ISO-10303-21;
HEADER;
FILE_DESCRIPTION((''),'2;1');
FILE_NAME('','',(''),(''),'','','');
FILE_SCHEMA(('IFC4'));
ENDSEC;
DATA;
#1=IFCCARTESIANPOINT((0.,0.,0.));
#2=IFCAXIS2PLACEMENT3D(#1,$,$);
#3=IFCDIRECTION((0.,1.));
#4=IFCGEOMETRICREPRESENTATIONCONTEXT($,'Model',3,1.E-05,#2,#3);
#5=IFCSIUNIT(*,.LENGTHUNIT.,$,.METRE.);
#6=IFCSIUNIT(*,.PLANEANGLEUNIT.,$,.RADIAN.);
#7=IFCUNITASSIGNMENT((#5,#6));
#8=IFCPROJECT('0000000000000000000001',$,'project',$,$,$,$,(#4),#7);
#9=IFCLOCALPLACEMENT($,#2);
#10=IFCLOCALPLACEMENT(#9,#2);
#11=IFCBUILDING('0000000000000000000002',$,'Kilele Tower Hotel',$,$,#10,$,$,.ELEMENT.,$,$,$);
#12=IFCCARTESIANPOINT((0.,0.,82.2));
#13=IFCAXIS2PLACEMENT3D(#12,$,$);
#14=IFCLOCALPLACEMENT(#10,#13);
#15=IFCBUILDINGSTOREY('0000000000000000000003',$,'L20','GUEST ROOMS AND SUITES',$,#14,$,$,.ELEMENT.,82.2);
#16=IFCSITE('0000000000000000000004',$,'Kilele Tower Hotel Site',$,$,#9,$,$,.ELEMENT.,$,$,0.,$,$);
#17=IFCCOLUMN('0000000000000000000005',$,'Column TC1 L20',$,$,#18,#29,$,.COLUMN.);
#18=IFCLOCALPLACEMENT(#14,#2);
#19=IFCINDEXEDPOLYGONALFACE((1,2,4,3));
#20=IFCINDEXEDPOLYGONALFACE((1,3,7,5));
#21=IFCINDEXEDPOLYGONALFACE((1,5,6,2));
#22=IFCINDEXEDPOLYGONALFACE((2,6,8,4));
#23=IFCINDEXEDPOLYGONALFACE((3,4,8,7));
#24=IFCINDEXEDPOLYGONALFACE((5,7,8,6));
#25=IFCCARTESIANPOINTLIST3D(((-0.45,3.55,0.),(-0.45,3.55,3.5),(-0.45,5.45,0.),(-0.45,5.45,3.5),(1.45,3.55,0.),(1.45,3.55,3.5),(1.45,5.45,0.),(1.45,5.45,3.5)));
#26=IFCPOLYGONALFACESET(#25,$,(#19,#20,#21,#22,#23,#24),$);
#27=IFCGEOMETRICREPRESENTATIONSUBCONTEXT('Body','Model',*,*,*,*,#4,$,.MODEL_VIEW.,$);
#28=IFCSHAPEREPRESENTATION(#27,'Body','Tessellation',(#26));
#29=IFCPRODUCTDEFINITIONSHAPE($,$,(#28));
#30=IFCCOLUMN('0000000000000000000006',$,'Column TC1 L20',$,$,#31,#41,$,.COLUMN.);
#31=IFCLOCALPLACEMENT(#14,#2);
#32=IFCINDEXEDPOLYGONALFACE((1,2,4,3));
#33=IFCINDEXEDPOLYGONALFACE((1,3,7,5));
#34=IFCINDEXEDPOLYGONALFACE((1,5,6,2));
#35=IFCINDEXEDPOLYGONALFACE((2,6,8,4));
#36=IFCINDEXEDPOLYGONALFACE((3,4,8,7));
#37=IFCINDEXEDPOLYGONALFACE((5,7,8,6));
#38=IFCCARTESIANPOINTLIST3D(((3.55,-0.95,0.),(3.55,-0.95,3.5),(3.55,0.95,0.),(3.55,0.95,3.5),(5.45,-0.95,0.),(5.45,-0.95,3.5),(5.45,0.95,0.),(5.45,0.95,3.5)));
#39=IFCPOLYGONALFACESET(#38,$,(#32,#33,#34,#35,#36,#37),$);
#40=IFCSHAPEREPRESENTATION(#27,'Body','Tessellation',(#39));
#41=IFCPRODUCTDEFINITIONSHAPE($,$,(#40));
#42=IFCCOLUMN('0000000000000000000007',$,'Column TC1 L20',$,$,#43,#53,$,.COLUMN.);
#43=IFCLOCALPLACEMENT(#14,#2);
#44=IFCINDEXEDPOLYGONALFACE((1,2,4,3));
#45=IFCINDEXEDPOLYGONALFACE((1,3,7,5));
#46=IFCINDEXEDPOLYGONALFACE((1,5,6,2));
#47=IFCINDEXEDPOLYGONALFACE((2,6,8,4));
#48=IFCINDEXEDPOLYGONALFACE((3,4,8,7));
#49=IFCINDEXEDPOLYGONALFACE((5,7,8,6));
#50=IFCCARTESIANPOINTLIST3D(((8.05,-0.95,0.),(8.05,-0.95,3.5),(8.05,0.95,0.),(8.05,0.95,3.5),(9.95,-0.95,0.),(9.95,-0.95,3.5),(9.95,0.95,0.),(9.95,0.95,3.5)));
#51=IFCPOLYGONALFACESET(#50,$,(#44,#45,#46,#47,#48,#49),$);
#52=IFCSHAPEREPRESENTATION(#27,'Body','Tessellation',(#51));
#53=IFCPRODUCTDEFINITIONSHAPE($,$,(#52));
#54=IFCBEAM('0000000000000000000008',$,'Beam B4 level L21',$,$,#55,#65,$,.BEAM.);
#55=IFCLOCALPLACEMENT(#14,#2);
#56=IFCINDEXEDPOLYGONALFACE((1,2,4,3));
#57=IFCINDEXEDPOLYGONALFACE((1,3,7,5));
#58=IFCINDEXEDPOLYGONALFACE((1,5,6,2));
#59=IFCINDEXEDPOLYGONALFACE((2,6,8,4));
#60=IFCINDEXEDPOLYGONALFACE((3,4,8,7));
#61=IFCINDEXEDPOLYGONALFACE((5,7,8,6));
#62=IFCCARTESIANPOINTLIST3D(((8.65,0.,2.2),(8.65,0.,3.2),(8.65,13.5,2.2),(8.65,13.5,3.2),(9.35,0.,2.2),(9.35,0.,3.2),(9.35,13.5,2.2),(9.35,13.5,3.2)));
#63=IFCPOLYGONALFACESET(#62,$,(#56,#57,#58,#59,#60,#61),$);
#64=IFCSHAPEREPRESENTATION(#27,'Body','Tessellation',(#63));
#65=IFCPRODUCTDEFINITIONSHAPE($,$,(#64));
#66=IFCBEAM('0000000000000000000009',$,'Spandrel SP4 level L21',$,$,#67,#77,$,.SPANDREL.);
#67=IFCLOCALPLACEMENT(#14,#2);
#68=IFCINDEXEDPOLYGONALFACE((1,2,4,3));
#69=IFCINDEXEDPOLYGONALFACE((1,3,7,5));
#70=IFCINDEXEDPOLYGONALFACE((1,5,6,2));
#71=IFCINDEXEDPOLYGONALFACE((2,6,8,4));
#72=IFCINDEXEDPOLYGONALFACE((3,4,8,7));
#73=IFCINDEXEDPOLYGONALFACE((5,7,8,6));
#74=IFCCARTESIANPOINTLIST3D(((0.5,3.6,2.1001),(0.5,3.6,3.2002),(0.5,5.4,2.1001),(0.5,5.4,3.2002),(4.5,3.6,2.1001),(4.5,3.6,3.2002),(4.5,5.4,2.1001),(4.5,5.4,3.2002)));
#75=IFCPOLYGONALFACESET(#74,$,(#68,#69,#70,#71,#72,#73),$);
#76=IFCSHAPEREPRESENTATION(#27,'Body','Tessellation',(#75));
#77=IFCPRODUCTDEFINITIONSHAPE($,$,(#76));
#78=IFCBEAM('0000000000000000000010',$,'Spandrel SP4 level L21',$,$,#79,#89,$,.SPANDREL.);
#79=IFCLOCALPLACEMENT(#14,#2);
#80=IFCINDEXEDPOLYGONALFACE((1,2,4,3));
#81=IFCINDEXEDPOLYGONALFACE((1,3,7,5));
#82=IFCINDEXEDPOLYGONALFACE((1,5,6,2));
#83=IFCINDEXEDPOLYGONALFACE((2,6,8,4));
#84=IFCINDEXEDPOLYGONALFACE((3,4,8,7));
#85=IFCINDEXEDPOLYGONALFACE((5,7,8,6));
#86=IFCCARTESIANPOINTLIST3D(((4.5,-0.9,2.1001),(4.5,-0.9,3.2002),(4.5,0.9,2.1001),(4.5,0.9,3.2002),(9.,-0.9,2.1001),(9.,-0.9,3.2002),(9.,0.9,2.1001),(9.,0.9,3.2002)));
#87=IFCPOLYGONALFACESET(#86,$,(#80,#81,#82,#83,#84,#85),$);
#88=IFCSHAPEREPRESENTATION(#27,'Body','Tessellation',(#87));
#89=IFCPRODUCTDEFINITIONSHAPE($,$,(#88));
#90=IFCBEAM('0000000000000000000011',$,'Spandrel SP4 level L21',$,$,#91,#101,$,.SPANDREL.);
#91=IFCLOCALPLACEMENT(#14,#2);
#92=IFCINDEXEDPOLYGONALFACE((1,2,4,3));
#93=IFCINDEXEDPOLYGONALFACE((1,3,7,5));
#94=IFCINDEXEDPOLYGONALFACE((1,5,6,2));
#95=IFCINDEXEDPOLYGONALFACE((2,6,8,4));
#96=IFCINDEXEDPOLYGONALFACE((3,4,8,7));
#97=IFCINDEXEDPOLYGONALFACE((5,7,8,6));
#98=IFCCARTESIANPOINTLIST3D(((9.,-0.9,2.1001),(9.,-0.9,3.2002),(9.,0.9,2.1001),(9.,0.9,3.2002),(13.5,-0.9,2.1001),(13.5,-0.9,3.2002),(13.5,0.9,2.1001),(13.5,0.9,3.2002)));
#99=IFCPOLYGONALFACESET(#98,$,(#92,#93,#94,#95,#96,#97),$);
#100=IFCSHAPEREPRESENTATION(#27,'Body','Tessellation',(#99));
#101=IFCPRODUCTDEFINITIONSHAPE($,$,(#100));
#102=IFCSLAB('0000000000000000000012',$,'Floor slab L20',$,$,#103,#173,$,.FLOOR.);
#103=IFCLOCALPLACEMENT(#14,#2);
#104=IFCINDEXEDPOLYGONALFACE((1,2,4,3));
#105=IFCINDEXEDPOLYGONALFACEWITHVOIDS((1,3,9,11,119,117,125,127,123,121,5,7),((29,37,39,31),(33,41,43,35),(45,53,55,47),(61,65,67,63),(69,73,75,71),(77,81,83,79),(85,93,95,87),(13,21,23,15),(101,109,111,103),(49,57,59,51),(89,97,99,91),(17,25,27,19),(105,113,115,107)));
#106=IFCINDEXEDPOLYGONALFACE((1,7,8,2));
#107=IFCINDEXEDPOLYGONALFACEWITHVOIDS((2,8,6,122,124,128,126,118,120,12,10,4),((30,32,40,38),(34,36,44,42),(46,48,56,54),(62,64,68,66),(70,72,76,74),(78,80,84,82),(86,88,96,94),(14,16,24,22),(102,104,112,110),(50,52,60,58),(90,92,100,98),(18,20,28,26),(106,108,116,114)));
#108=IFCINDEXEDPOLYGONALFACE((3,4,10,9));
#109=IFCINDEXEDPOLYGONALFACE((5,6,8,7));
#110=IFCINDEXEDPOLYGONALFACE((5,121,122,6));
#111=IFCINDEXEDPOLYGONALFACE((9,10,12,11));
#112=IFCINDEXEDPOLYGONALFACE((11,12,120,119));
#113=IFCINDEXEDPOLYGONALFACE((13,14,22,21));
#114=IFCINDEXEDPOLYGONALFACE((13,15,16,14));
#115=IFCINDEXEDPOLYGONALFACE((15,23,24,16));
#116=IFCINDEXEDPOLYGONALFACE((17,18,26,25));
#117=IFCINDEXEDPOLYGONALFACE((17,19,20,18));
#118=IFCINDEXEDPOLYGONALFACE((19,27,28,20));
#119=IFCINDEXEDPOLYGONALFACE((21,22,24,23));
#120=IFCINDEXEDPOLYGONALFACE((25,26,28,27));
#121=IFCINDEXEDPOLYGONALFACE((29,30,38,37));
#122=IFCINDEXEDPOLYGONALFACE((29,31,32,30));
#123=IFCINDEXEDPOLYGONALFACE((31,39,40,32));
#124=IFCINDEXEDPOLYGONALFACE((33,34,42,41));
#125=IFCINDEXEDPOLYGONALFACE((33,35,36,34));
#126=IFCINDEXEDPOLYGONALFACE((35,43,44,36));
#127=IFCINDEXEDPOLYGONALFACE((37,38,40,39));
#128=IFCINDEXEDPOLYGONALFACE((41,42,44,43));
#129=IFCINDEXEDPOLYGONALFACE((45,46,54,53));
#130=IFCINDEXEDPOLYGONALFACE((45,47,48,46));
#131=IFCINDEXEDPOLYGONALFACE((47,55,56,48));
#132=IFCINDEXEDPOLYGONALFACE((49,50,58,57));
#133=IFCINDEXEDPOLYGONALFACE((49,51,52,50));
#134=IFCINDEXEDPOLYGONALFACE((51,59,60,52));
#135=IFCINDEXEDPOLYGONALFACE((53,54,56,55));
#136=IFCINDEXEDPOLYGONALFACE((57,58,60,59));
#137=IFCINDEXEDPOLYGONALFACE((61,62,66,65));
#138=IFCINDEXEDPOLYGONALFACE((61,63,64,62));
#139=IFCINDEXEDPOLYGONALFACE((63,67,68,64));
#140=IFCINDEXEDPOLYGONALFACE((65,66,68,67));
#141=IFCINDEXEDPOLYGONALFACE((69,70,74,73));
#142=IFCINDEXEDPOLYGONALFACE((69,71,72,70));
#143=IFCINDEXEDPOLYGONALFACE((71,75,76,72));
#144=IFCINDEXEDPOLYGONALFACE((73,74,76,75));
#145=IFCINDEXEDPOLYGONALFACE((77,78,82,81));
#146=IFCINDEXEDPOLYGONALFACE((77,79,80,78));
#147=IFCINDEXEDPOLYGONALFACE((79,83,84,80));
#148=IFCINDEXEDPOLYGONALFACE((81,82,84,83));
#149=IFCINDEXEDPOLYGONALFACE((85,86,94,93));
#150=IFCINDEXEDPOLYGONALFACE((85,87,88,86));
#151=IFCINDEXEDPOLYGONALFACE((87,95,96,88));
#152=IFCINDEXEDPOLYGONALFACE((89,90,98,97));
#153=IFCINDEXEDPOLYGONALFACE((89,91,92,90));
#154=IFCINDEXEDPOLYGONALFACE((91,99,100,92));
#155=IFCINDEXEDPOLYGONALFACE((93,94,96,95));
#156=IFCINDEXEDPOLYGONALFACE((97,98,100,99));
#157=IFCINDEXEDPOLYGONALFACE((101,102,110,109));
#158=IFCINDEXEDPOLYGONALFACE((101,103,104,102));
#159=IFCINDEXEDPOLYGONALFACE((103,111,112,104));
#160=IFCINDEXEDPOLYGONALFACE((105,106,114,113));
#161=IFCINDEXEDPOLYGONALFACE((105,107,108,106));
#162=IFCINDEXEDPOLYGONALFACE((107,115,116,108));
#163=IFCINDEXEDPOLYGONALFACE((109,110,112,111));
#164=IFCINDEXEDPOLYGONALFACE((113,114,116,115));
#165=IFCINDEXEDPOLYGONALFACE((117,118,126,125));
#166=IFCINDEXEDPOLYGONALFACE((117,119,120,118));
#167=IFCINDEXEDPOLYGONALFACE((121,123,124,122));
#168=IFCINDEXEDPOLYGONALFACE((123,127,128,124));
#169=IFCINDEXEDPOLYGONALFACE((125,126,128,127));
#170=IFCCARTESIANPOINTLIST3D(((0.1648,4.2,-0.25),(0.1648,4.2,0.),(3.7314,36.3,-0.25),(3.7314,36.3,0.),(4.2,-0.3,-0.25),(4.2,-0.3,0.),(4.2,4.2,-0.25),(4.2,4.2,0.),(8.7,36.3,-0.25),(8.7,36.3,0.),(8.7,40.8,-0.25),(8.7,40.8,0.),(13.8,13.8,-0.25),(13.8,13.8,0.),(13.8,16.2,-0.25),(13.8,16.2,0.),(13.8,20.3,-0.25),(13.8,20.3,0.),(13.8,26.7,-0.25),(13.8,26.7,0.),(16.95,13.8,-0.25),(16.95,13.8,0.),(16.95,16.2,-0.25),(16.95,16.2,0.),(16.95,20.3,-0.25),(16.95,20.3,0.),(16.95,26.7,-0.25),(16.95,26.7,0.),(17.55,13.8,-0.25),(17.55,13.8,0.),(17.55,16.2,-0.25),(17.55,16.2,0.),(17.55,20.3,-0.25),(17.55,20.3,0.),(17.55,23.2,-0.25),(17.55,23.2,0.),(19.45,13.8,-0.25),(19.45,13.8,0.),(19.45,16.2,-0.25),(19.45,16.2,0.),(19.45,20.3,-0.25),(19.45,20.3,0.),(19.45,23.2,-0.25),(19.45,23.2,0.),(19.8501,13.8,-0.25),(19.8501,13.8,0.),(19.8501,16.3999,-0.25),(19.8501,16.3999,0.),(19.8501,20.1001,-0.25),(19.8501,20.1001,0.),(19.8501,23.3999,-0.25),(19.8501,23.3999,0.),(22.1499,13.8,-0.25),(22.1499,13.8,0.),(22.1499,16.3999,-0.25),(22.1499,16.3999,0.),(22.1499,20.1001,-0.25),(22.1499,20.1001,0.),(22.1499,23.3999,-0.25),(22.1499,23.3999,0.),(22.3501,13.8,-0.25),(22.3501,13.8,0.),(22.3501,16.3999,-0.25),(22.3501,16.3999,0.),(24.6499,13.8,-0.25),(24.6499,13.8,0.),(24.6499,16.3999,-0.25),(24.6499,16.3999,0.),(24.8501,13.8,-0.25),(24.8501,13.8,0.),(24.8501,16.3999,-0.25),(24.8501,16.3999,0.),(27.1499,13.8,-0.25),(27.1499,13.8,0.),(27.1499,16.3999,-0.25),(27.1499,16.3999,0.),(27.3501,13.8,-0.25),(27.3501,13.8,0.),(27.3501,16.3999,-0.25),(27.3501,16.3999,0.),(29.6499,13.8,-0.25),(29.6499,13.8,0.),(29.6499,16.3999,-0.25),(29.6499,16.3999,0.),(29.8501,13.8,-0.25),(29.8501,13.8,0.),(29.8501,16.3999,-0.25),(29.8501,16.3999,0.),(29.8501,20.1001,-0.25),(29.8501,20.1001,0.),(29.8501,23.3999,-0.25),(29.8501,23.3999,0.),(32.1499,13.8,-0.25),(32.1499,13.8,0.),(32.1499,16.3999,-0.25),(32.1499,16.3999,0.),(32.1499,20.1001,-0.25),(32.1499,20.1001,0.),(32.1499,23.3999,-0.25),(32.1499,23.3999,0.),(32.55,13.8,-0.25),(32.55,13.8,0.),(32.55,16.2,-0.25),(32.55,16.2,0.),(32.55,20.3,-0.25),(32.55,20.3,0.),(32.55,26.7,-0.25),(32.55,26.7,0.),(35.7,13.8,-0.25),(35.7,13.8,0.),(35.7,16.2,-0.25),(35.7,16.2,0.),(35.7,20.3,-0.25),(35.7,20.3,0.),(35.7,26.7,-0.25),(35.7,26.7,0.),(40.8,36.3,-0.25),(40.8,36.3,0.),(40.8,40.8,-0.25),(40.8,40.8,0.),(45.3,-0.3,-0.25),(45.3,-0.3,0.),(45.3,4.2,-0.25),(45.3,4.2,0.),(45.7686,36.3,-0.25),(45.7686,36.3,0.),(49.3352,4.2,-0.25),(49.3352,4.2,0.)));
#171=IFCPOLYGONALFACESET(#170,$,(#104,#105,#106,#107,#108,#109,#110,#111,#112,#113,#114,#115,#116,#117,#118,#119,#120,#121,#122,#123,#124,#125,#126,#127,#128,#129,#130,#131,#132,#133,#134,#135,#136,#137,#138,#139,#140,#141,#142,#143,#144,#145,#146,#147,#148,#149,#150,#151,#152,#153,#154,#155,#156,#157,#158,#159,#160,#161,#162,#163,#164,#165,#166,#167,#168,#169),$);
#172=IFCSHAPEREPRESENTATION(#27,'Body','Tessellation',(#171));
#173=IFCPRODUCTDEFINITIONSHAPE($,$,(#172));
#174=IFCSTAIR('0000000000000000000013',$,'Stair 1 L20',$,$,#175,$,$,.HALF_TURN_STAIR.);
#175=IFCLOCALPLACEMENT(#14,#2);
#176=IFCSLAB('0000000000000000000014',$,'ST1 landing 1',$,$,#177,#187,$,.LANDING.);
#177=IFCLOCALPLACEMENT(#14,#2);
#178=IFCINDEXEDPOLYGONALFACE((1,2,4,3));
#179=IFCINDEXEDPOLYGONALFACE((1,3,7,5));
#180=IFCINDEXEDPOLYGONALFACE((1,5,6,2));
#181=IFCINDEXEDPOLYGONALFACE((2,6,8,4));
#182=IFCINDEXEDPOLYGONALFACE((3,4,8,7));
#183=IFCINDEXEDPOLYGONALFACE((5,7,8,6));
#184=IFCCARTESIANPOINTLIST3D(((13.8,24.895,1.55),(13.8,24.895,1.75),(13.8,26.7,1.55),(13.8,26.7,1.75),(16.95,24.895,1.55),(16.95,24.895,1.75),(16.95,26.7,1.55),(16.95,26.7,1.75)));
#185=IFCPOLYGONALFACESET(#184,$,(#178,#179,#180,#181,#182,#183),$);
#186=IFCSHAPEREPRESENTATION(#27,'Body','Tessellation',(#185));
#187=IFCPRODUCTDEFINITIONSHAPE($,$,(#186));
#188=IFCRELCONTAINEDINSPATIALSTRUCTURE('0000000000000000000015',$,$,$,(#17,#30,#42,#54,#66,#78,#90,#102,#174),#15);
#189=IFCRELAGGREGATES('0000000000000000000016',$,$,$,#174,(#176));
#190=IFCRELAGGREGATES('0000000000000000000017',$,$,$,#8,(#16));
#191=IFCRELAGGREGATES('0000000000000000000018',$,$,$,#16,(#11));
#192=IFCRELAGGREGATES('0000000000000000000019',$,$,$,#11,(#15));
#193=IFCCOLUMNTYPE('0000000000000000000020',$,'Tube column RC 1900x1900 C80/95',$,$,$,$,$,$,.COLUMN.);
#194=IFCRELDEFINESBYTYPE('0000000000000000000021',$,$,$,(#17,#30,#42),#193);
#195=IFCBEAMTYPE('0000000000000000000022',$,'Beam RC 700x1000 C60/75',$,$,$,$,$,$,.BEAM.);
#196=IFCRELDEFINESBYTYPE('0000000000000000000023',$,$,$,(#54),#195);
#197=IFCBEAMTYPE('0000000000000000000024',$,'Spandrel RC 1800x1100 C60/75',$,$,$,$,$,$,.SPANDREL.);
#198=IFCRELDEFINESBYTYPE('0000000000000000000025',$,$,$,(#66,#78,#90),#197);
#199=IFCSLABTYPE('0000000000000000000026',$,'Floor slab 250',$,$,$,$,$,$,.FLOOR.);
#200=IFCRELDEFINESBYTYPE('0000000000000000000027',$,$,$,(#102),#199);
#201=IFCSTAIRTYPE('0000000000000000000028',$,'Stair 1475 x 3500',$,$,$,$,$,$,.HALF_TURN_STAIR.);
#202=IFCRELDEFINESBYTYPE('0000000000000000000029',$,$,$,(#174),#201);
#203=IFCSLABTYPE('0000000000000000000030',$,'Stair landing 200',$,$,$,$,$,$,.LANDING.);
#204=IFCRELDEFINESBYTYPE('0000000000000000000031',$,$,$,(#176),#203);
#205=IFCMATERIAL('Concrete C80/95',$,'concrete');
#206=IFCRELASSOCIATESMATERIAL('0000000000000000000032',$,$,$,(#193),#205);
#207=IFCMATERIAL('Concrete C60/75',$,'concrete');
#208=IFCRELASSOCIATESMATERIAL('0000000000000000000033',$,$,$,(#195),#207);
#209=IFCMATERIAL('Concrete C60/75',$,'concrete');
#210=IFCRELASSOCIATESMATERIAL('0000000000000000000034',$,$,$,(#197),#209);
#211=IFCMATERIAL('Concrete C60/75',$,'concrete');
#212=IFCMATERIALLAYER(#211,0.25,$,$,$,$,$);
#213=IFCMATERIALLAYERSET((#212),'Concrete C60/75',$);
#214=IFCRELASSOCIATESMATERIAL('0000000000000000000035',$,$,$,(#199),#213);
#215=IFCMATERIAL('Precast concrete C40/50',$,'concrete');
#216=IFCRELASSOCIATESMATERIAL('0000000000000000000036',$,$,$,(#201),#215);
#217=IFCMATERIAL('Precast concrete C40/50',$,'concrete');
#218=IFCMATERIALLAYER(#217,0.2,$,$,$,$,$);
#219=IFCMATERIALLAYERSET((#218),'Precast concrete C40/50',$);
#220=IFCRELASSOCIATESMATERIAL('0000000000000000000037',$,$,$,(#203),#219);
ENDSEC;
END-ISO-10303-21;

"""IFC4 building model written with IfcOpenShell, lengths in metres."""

from ifc_helpers import new_model, si_unit, direction, frame, origin, origin_2d, place, context, subcontext, project, spatial, polyline, rectangle, outline, extrude, material, layer, layer_set, material_profile, profile_set, type_object, element, aggregate, save


model = new_model("IFC4")

# Units and contexts
model_context = context("Model", 3, precision=1e-05, world=origin(), true_north=direction((0.0, 1.0)))
body_context = subcontext(model_context, "Body", "Model", "MODEL_VIEW")
ifc_project = project(units=[si_unit("LENGTHUNIT", "METRE"), si_unit("PLANEANGLEUNIT", "RADIAN")], contexts=[model_context])

# Site, building, storey
site_placement = place(None, origin())
site = spatial("IfcSite", under=ifc_project, at=site_placement, Name="Kilele Tower Hotel Site", CompositionType="ELEMENT", RefElevation=0.0)
building_placement = place(site_placement, origin())
building = spatial("IfcBuilding", under=site, at=building_placement, Name="Kilele Tower Hotel", CompositionType="ELEMENT")
storey_placement = place(building_placement, frame((0.0, 0.0, 82.2)))
storey = spatial("IfcBuildingStorey", under=building, at=storey_placement, Name="L20", Description="GUEST ROOMS AND SUITES", CompositionType="ELEMENT", Elevation=82.2)

# Columns
ifc_material_1 = material(Name="Concrete C80/95", Category="concrete")
ifc_material_profile_1 = material_profile(ifc_material_1, rectangle(XDim=1.8999, YDim=1.8999, at=origin_2d()))
ifc_profile_set_1 = profile_set([ifc_material_profile_1], Name="Concrete C80/95")
column_type = type_object("IfcColumnType", Name="Tube column RC 1900x1900 C80/95", PredefinedType="COLUMN", material=ifc_profile_set_1)
for number, where, z_axis, x_axis, name in (
    (1, (0.5, 4.5, 0.0), (0.0, 0.0, 1.0), (1.0, 0.0, 0.0), "Column TC1 L20"),
    (2, (4.5, 0.0, 0.0), (0.0, 0.0, 1.0), (1.0, 0.0, 0.0), "Column TC1 L20"),
    (3, (9.0, 0.0, 0.0), (0.0, 0.0, 1.0), (1.0, 0.0, 0.0), "Column TC1 L20"),
):
    element("IfcColumn", number, at=place(storey_placement, frame(where, z_axis=z_axis, x_axis=x_axis)), inside=storey, type_object=column_type, Name=name, PredefinedType="COLUMN", context=body_context, shape_type="SweptSolid", body=[
        extrude(rectangle(XDim=1.8999, YDim=1.8999, at=origin_2d()), origin(), (0.0, 0.0, 1.0), 3.5),
    ])

# Beams
ifc_material_2 = material(Name="Concrete C60/75", Category="concrete")
ifc_material_profile_2 = material_profile(ifc_material_2, rectangle(XDim=0.7, YDim=1.0, at=origin_2d()))
ifc_profile_set_2 = profile_set([ifc_material_profile_2], Name="Concrete C60/75")
beam_type_1 = type_object("IfcBeamType", Name="Beam RC 700x1000 C60/75", PredefinedType="BEAM", material=ifc_profile_set_2)
beam_1_placement = place(storey_placement, frame((9.0, 0.0, 2.7), z_axis=(0.0, 1.0, 0.0), x_axis=(-1.0, 0.0, 0.0)))
element("IfcBeam", 4, at=beam_1_placement, inside=storey, type_object=beam_type_1, Name="Beam B4 level L21", PredefinedType="BEAM", context=body_context, shape_type="SweptSolid", body=[
    extrude(rectangle(XDim=0.7, YDim=1.0, at=origin_2d()), origin(), (0.0, 0.0, 1.0), 13.5),
])
ifc_material_3 = material(Name="Concrete C60/75", Category="concrete")
ifc_material_profile_3 = material_profile(ifc_material_3, rectangle(XDim=1.8, YDim=1.1001, at=origin_2d()))
ifc_profile_set_3 = profile_set([ifc_material_profile_3], Name="Concrete C60/75")
beam_type_2 = type_object("IfcBeamType", Name="Spandrel RC 1800x1100 C60/75", PredefinedType="SPANDREL", material=ifc_profile_set_3)
beam_2_placement = place(storey_placement, frame((0.5, 4.5, 2.6501), z_axis=(1.0, 0.0, 0.0), x_axis=(0.0, 1.0, 0.0)))
element("IfcBeam", 5, at=beam_2_placement, inside=storey, type_object=beam_type_2, Name="Spandrel SP4 level L21", PredefinedType="SPANDREL", context=body_context, shape_type="SweptSolid", body=[
    extrude(rectangle(XDim=1.8, YDim=1.1001, at=origin_2d()), origin(), (0.0, 0.0, 1.0), 4.0),
])
for number, where, z_axis, x_axis, name in (
    (6, (4.5, 0.0, 2.6501), (1.0, 0.0, 0.0), (0.0, 1.0, 0.0), "Spandrel SP4 level L21"),
    (7, (9.0, 0.0, 2.6501), (1.0, 0.0, 0.0), (0.0, 1.0, 0.0), "Spandrel SP4 level L21"),
):
    element("IfcBeam", number, at=place(storey_placement, frame(where, z_axis=z_axis, x_axis=x_axis)), inside=storey, type_object=beam_type_2, Name=name, PredefinedType="SPANDREL", context=body_context, shape_type="SweptSolid", body=[
        extrude(rectangle(XDim=1.8, YDim=1.1001, at=origin_2d()), origin(), (0.0, 0.0, 1.0), 4.5),
    ])

# Slab
ifc_material_4 = material(Name="Concrete C60/75", Category="concrete")
ifc_layer_1 = layer(ifc_material_4, 0.25)
ifc_layer_set_1 = layer_set([ifc_layer_1], Name="Concrete C60/75")
slab_type_1 = type_object("IfcSlabType", Name="Floor slab 250", PredefinedType="FLOOR", material=ifc_layer_set_1)
slab_1_placement = place(storey_placement, frame((0.0, 0.0, -0.25)))
element("IfcSlab", 8, at=slab_1_placement, inside=storey, type_object=slab_type_1, Name="Floor slab L20", PredefinedType="FLOOR", context=body_context, shape_type="SweptSolid", body=[
    extrude(outline(polyline([(8.7, 36.3), (8.7, 40.8), (40.8, 40.8), (40.8, 36.3), (45.7686, 36.3), (49.3352, 4.2), (45.3, 4.2), (45.3, -0.3), (4.2, -0.3), (4.2, 4.2), (0.1648, 4.2), (3.7314, 36.3), (8.7, 36.3)]), holes=[polyline([(16.95, 16.2), (13.8, 16.2), (13.8, 13.8), (16.95, 13.8), (16.95, 16.2)]), polyline([(19.45, 13.8), (19.45, 16.2), (17.55, 16.2), (17.55, 13.8), (19.45, 13.8)]), polyline([(22.1499, 13.8), (22.1499, 16.3999), (19.8501, 16.3999), (19.8501, 13.8), (22.1499, 13.8)]), polyline([(24.6499, 16.3999), (22.3501, 16.3999), (22.3501, 13.8), (24.6499, 13.8), (24.6499, 16.3999)]), polyline([(19.45, 20.3), (19.45, 23.2), (17.55, 23.2), (17.55, 20.3), (19.45, 20.3)]), polyline([(22.1499, 20.1001), (22.1499, 23.3999), (19.8501, 23.3999), (19.8501, 20.1001), (22.1499, 20.1001)]), polyline([(16.95, 26.7), (13.8, 26.7), (13.8, 20.3), (16.95, 20.3), (16.95, 26.7)]), polyline([(35.7, 13.8), (35.7, 16.2), (32.55, 16.2), (32.55, 13.8), (35.7, 13.8)]), polyline([(27.1499, 13.8), (27.1499, 16.3999), (24.8501, 16.3999), (24.8501, 13.8), (27.1499, 13.8)]), polyline([(29.6499, 13.8), (29.6499, 16.3999), (27.3501, 16.3999), (27.3501, 13.8), (29.6499, 13.8)]), polyline([(32.1499, 13.8), (32.1499, 16.3999), (29.8501, 16.3999), (29.8501, 13.8), (32.1499, 13.8)]), polyline([(32.1499, 20.1001), (32.1499, 23.3999), (29.8501, 23.3999), (29.8501, 20.1001), (32.1499, 20.1001)]), polyline([(35.7, 20.3), (35.7, 26.7), (32.55, 26.7), (32.55, 20.3), (35.7, 20.3)])]), origin(), (0.0, 0.0, 1.0), 0.25),
])

# Stair, slab
ifc_material_5 = material(Name="Precast concrete C40/50", Category="concrete")
stair_type = type_object("IfcStairType", Name="Stair 1475 x 3500", PredefinedType="HALF_TURN_STAIR", material=ifc_material_5)
stair_1_placement = place(storey_placement, origin())
stair_1 = element("IfcStair", 9, at=stair_1_placement, inside=storey, type_object=stair_type, Name="Stair 1 L20", PredefinedType="HALF_TURN_STAIR")
ifc_material_6 = material(Name="Precast concrete C40/50", Category="concrete")
ifc_layer_2 = layer(ifc_material_6, 0.2)
ifc_layer_set_2 = layer_set([ifc_layer_2], Name="Precast concrete C40/50")
slab_type_2 = type_object("IfcSlabType", Name="Stair landing 200", PredefinedType="LANDING", material=ifc_layer_set_2)
slab_2_placement = place(storey_placement, frame((0.0, 0.0, 1.55)))
slab_2 = element("IfcSlab", 10, at=slab_2_placement, type_object=slab_type_2, Name="ST1 landing 1", PredefinedType="LANDING", context=body_context, shape_type="SweptSolid", body=[
    extrude(outline(polyline([(13.8, 24.895), (16.95, 24.895), (16.95, 26.7), (13.8, 26.7), (13.8, 24.895)])), origin(), (0.0, 0.0, 1.0), 0.2),
])
aggregate(stair_1, [slab_2])

save(model, "model.ifc")
